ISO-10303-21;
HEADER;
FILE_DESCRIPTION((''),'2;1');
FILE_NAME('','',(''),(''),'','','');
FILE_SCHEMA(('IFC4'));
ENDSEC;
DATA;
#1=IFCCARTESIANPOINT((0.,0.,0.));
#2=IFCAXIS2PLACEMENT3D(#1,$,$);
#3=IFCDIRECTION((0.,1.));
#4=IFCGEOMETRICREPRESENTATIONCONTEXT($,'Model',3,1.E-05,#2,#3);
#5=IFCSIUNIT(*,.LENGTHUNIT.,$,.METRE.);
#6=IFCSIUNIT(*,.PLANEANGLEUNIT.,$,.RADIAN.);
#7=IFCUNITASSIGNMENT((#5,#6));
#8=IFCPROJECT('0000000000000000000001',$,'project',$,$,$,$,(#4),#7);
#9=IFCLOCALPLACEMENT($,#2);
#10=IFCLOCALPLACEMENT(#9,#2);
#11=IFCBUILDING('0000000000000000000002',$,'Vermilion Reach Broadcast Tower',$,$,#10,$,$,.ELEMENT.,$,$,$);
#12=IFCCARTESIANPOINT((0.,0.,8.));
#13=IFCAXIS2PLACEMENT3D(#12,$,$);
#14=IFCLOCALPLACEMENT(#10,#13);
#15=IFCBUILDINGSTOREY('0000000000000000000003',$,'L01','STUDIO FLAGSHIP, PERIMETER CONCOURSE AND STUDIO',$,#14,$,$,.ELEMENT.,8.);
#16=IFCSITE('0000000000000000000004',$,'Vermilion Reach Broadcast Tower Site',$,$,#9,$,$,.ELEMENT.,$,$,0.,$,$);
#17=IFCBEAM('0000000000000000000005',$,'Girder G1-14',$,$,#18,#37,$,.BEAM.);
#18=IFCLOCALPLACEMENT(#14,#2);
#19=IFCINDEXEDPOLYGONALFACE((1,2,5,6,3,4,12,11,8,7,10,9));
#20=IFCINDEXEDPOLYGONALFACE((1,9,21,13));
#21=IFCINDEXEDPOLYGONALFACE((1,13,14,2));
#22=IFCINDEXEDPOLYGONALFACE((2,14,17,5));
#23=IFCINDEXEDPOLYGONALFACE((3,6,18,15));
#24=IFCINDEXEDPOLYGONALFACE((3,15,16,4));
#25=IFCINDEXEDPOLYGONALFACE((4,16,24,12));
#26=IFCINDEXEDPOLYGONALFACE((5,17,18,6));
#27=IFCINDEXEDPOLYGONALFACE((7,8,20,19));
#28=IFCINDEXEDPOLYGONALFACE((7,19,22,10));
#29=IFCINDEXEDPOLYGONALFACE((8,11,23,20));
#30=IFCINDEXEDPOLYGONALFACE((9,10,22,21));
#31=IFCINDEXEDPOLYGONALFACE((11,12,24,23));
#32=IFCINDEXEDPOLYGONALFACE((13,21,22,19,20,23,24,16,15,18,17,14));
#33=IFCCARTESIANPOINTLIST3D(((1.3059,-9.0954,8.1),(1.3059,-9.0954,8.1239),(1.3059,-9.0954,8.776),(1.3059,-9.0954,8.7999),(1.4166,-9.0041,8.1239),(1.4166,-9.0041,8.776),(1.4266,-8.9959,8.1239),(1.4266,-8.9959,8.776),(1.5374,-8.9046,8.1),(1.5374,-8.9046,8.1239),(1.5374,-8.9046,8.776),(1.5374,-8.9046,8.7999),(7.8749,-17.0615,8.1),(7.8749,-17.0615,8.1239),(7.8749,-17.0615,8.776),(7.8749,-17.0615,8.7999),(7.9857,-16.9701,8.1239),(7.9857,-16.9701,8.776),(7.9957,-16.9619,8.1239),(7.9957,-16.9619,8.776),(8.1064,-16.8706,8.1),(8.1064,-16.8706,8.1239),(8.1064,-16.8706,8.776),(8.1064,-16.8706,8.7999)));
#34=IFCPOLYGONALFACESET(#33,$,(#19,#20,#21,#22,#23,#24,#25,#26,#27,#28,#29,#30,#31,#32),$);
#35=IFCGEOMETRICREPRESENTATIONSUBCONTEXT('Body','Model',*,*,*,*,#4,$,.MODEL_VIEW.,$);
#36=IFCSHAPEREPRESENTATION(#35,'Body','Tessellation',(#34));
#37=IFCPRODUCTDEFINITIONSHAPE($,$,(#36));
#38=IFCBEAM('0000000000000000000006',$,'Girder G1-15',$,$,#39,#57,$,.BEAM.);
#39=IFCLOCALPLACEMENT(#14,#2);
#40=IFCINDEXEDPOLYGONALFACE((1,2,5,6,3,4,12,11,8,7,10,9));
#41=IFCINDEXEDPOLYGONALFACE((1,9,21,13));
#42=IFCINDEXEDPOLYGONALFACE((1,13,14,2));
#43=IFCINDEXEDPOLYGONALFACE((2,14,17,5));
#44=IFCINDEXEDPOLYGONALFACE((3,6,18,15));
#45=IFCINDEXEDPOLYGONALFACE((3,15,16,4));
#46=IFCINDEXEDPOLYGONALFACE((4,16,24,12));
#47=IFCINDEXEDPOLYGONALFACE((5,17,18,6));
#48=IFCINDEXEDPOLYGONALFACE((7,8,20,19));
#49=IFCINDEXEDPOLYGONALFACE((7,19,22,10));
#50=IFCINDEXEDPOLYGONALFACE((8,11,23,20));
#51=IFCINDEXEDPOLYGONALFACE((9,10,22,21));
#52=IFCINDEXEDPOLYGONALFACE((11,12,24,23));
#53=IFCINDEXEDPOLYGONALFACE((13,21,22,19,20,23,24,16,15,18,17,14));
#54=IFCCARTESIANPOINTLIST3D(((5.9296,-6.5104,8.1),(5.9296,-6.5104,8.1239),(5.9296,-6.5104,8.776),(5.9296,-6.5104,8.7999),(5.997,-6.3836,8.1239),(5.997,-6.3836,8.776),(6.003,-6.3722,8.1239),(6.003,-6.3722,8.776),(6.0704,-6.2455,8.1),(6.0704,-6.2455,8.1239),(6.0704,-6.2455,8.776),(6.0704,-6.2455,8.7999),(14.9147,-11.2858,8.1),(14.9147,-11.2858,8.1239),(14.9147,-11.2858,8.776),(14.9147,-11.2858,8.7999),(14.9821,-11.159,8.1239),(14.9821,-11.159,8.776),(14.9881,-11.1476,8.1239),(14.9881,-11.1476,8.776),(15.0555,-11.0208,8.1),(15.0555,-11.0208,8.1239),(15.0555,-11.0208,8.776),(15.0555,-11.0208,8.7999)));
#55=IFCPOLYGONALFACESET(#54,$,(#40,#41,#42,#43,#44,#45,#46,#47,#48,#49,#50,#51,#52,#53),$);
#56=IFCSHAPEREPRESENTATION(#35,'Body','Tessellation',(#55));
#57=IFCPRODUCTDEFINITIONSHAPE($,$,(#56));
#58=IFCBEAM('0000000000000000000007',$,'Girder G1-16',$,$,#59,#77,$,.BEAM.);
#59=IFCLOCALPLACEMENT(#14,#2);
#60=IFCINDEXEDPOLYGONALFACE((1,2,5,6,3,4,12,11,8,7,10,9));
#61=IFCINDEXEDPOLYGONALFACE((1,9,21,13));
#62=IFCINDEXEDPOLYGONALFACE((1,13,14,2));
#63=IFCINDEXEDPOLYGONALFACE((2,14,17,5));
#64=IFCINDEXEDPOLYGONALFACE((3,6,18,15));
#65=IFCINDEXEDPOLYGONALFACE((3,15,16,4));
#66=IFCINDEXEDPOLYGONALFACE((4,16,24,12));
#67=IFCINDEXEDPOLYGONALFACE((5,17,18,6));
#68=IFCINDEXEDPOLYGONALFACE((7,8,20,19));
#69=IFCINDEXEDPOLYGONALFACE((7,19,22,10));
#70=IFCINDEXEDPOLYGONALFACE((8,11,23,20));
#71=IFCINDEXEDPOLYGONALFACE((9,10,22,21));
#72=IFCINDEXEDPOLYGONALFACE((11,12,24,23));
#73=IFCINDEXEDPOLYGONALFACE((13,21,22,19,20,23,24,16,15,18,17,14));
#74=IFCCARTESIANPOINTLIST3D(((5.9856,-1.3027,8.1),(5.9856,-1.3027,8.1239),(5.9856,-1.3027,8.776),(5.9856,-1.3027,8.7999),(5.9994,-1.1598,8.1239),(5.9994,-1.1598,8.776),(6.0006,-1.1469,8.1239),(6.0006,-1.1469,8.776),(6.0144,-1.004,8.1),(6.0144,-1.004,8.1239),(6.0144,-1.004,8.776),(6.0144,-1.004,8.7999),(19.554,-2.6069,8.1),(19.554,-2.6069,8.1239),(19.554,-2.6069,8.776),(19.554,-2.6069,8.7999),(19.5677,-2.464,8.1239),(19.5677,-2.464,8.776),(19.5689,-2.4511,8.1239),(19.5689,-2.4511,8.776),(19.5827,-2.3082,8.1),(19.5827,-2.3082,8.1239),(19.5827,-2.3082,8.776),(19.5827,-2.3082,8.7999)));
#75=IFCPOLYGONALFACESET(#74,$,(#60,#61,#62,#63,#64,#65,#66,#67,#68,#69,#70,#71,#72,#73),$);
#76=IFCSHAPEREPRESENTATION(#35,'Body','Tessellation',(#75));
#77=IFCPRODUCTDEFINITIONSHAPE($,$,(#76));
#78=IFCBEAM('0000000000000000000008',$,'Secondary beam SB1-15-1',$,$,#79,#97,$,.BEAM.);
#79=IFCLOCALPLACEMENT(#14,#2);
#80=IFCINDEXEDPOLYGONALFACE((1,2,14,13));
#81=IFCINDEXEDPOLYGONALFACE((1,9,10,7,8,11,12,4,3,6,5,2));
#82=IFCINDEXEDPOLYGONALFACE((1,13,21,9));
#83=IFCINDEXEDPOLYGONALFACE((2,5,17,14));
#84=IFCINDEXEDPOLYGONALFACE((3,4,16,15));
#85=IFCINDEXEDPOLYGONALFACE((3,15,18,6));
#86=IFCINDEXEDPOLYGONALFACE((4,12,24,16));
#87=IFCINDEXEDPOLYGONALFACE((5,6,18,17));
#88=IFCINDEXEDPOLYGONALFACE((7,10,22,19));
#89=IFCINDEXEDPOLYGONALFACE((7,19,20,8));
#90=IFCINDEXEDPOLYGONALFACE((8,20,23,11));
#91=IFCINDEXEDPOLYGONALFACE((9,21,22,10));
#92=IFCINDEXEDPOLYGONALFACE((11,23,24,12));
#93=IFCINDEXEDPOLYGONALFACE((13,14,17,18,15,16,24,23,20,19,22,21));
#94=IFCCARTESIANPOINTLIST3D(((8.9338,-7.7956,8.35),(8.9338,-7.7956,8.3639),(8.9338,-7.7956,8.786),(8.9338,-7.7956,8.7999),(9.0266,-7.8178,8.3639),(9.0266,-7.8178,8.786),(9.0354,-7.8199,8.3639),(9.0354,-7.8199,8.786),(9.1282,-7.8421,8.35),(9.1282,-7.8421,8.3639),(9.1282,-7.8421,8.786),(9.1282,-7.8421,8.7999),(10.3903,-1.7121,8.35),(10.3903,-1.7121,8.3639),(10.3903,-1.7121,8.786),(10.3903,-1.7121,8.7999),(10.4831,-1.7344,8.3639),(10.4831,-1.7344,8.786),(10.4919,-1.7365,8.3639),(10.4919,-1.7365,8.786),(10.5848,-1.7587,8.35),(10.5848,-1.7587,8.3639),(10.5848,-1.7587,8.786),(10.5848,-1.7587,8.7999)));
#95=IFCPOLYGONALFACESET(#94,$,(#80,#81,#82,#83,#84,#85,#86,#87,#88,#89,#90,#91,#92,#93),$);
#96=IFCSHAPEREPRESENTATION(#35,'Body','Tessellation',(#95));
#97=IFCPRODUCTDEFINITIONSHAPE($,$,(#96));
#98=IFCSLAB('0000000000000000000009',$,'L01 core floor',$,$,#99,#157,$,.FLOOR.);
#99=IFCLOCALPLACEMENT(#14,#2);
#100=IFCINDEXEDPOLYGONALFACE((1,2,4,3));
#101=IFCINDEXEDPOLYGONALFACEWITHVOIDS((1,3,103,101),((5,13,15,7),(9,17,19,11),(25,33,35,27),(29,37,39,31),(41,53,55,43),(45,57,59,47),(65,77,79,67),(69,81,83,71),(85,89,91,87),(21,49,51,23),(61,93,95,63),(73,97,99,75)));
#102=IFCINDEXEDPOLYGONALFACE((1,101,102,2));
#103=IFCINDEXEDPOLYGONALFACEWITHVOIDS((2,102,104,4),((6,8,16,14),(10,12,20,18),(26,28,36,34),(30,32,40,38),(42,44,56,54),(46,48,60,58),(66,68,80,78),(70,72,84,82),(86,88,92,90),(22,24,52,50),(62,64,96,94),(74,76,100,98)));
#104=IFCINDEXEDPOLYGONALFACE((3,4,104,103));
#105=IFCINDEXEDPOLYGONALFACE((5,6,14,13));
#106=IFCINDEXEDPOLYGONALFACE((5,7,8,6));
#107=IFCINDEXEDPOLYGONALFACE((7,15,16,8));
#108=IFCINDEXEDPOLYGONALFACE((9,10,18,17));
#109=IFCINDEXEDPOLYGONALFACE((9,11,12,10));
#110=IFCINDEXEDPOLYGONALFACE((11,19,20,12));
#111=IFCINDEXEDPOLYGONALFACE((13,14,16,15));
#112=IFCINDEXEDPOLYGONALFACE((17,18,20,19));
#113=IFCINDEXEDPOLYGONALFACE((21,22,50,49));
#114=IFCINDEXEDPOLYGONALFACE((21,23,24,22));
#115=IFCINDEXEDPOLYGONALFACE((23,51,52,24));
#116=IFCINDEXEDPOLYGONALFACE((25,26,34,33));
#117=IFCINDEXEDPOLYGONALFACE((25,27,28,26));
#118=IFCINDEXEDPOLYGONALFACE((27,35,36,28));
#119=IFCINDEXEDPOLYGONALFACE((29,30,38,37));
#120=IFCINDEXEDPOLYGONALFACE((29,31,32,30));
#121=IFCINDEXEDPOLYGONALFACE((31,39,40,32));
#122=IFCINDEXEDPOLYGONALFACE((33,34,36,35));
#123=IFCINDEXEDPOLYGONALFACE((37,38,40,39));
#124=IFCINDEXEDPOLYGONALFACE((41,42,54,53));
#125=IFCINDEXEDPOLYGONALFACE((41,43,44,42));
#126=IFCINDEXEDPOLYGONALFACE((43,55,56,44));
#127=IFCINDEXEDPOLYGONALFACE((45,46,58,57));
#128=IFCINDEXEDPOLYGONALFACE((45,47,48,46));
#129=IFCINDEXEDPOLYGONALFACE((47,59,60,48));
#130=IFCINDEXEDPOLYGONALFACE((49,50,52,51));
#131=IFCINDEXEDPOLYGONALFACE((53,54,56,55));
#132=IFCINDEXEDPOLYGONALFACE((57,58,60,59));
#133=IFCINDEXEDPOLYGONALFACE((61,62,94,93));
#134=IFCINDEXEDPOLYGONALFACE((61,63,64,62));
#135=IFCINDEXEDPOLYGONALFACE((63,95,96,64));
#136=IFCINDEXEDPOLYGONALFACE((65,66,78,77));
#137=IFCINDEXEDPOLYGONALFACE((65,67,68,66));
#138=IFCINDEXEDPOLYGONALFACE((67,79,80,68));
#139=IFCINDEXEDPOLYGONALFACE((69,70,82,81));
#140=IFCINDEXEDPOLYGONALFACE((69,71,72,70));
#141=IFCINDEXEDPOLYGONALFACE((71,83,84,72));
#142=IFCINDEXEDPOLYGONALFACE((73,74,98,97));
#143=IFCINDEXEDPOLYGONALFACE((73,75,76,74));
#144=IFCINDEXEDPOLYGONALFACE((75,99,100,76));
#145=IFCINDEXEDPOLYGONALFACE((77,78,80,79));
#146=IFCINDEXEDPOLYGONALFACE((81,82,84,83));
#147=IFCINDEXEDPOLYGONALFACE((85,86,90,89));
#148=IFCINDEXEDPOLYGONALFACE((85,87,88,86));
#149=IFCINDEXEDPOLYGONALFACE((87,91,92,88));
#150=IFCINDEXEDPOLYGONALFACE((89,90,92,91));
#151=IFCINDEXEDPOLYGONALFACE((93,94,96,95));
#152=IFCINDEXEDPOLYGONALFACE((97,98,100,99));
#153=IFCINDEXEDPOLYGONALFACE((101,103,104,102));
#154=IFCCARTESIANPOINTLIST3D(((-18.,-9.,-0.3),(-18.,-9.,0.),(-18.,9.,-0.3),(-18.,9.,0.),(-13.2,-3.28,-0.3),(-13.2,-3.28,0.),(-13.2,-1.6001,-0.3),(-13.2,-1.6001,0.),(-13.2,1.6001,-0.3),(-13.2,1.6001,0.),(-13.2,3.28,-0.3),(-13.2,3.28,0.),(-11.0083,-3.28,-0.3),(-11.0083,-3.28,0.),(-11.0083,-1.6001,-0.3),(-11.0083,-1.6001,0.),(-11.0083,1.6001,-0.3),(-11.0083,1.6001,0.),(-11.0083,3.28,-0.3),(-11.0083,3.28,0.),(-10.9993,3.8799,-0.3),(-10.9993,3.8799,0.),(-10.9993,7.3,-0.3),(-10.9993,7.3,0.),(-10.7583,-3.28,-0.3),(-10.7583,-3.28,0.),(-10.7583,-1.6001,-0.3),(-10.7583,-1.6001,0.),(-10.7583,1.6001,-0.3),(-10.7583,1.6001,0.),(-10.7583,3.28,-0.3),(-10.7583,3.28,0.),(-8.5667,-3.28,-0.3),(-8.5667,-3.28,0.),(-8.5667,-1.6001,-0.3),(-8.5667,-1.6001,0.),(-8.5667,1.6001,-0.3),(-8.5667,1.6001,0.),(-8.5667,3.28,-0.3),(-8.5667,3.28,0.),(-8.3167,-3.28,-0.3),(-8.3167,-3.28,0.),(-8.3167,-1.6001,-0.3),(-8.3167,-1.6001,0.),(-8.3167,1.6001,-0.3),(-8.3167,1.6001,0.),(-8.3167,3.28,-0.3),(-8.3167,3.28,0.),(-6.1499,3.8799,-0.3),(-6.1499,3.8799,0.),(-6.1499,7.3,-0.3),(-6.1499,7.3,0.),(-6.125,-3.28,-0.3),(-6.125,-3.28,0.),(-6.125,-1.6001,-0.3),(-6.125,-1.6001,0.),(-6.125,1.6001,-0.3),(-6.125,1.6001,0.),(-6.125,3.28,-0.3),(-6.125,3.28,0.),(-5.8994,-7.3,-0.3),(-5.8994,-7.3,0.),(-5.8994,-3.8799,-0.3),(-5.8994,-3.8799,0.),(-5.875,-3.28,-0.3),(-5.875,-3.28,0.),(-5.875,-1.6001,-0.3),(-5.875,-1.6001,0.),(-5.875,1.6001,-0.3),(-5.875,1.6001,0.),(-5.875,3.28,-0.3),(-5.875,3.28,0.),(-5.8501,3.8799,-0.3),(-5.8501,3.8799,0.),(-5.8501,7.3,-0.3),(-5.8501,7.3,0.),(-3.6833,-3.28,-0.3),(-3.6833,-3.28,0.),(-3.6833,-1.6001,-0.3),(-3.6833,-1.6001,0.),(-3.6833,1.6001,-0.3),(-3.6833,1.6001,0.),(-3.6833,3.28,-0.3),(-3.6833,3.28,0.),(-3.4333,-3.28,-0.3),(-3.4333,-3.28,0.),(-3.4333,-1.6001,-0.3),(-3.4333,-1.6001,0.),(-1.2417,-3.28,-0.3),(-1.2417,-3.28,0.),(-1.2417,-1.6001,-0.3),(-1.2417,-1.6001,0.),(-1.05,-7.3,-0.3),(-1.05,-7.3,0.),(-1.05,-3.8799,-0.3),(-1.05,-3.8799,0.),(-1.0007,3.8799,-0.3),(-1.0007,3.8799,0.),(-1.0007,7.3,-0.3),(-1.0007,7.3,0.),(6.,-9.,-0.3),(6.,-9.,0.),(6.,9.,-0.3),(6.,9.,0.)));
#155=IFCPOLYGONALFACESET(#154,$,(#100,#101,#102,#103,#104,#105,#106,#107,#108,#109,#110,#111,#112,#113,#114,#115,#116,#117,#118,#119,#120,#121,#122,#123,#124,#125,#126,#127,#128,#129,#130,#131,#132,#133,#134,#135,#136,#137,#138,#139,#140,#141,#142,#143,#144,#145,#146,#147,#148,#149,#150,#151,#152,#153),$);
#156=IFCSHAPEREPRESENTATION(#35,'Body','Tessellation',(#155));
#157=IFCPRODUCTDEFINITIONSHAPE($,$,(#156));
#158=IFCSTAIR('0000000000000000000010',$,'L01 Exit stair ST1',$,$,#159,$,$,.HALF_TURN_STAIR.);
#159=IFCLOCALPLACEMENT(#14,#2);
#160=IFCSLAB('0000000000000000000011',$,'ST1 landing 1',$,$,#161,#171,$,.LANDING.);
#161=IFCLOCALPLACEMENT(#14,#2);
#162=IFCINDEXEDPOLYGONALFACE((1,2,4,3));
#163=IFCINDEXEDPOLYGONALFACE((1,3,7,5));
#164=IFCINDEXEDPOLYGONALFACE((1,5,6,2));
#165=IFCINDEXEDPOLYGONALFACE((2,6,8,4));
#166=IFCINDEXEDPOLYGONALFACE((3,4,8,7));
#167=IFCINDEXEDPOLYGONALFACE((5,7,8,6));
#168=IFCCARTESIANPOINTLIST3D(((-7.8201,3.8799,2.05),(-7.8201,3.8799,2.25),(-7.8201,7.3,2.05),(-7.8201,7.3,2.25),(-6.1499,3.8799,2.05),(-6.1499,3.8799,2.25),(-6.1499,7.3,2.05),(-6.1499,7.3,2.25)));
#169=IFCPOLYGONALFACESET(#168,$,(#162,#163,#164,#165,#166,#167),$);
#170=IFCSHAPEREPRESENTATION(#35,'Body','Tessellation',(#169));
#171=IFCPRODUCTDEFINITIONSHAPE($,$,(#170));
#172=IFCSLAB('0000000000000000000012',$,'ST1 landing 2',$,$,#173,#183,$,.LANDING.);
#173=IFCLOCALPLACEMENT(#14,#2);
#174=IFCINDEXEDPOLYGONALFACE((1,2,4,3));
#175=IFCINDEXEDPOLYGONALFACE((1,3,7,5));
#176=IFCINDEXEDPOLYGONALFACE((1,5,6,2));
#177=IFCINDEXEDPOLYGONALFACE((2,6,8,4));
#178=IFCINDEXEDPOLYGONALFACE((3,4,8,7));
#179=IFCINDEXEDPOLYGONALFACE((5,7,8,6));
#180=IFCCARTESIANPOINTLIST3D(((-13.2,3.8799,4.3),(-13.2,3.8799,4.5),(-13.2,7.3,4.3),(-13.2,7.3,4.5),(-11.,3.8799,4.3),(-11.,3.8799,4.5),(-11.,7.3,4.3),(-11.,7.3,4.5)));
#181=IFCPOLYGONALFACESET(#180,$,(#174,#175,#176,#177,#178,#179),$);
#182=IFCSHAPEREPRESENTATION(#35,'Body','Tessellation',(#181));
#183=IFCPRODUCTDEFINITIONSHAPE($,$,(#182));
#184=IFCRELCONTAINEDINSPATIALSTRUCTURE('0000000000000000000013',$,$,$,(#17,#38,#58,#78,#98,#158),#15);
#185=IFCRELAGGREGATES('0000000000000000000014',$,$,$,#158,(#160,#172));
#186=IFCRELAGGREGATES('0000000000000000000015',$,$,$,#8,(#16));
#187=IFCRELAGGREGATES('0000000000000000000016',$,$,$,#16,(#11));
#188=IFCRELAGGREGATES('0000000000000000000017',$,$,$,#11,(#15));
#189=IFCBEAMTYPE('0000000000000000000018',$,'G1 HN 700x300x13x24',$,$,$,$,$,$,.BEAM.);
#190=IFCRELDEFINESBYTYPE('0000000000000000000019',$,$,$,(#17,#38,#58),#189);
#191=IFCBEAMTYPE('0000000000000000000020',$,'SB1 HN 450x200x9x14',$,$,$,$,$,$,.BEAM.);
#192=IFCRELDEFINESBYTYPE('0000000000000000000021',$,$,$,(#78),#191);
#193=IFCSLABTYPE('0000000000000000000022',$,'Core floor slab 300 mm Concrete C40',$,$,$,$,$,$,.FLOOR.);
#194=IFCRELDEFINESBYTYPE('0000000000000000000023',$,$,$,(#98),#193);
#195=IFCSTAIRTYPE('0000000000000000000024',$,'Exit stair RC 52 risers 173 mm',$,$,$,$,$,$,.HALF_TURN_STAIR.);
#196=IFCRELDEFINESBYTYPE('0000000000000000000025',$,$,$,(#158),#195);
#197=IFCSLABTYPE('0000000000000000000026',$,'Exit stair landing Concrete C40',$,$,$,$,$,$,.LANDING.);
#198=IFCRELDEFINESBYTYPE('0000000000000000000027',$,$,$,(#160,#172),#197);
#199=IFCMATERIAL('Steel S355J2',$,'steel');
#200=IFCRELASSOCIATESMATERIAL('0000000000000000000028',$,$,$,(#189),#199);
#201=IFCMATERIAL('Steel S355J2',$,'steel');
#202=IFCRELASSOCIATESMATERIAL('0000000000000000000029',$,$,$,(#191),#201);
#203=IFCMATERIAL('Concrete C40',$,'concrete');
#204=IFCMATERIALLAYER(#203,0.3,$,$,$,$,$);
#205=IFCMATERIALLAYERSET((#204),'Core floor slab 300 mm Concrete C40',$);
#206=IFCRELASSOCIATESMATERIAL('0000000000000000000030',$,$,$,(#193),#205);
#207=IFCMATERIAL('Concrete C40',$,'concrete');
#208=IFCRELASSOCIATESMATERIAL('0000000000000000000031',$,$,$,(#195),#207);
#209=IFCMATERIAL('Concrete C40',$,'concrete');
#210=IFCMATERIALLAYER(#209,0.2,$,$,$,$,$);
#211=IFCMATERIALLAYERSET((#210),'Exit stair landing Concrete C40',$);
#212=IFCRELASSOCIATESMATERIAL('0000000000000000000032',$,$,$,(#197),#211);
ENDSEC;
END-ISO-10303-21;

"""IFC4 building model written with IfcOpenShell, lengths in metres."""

from ifc_helpers import new_model, si_unit, direction, frame, origin, origin_2d, place, context, subcontext, project, spatial, polyline, i_section, outline, extrude, material, layer, layer_set, material_profile, profile_set, type_object, element, aggregate, save


model = new_model("IFC4")

# Units and contexts
model_context = context("Model", 3, precision=1e-05, world=origin(), true_north=direction((0.0, 1.0)))
body_context = subcontext(model_context, "Body", "Model", "MODEL_VIEW")
ifc_project = project(units=[si_unit("LENGTHUNIT", "METRE"), si_unit("PLANEANGLEUNIT", "RADIAN")], contexts=[model_context])

# Site, building, storey
site_placement = place(None, origin())
site = spatial("IfcSite", under=ifc_project, at=site_placement, Name="Vermilion Reach Broadcast Tower Site", CompositionType="ELEMENT", RefElevation=0.0)
building_placement = place(site_placement, origin())
building = spatial("IfcBuilding", under=site, at=building_placement, Name="Vermilion Reach Broadcast Tower", CompositionType="ELEMENT")
storey_placement = place(building_placement, frame((0.0, 0.0, 8.0)))
storey = spatial("IfcBuildingStorey", under=building, at=storey_placement, Name="L01", Description="STUDIO FLAGSHIP, PERIMETER CONCOURSE AND STUDIO", CompositionType="ELEMENT", Elevation=8.0)

# Beams
ifc_material_1 = material(Name="Steel S355J2", Category="steel")
ifc_material_profile_1 = material_profile(ifc_material_1, i_section(OverallWidth=0.3, OverallDepth=0.7, WebThickness=0.0129, FlangeThickness=0.0239, at=origin_2d()), Name="S355J2 HN 700x300x13x24")
ifc_profile_set_1 = profile_set([ifc_material_profile_1], Name="Steel S355J2")
beam_type_1 = type_object("IfcBeamType", Name="G1 HN 700x300x13x24", PredefinedType="BEAM", material=ifc_profile_set_1)
beam_1_placement = place(storey_placement, frame((1.4216, -9.0, 8.45), z_axis=(0.636215, -0.771512, 0.0), x_axis=(0.771512, 0.636215, 0.0)))
element("IfcBeam", 1, at=beam_1_placement, inside=storey, type_object=beam_type_1, Name="Girder G1-14", PredefinedType="BEAM", context=body_context, shape_type="SweptSolid", body=[
    extrude(i_section(OverallWidth=0.3, OverallDepth=0.7, WebThickness=0.0129, FlangeThickness=0.0239, at=origin_2d()), origin(), (0.0, 0.0, 1.0), 10.3252),
])
beam_2_placement = place(storey_placement, frame((6.0, -6.3779, 8.45), z_axis=(0.883032, -0.469313, 0.0), x_axis=(0.469313, 0.883032, 0.0)))
element("IfcBeam", 2, at=beam_2_placement, inside=storey, type_object=beam_type_1, Name="Girder G1-15", PredefinedType="BEAM", context=body_context, shape_type="SweptSolid", body=[
    extrude(i_section(OverallWidth=0.3, OverallDepth=0.7, WebThickness=0.0129, FlangeThickness=0.0239, at=origin_2d()), origin(), (0.0, 0.0, 1.0), 10.1753),
])
beam_3_placement = place(storey_placement, frame((6.0, -1.1533, 8.45), z_axis=(0.995412, -0.09568, 0.0), x_axis=(0.09568, 0.995412, 0.0)))
element("IfcBeam", 3, at=beam_3_placement, inside=storey, type_object=beam_type_1, Name="Girder G1-16", PredefinedType="BEAM", context=body_context, shape_type="SweptSolid", body=[
    extrude(i_section(OverallWidth=0.3, OverallDepth=0.7, WebThickness=0.0129, FlangeThickness=0.0239, at=origin_2d()), origin(), (0.0, 0.0, 1.0), 13.6309),
])
ifc_material_2 = material(Name="Steel S355J2", Category="steel")
ifc_material_profile_2 = material_profile(ifc_material_2, i_section(OverallWidth=0.2, OverallDepth=0.45, WebThickness=0.009, FlangeThickness=0.0139, at=origin_2d()), Name="S355J2 HN 450x200x9x14")
ifc_profile_set_2 = profile_set([ifc_material_profile_2], Name="Steel S355J2")
beam_type_2 = type_object("IfcBeamType", Name="SB1 HN 450x200x9x14", PredefinedType="BEAM", material=ifc_profile_set_2)
beam_4_placement = place(storey_placement, frame((9.031, -7.8188, 8.575), z_axis=(0.232844, 0.972514, 0.0), x_axis=(-0.972514, 0.232844, 0.0)))
element("IfcBeam", 4, at=beam_4_placement, inside=storey, type_object=beam_type_2, Name="Secondary beam SB1-15-1", PredefinedType="BEAM", context=body_context, shape_type="SweptSolid", body=[
    extrude(i_section(OverallWidth=0.2, OverallDepth=0.45, WebThickness=0.009, FlangeThickness=0.0139, at=origin_2d()), origin(), (0.0, 0.0, 1.0), 6.2554),
])

# Slab
ifc_material_3 = material(Name="Concrete C40", Category="concrete")
ifc_layer_1 = layer(ifc_material_3, 0.3)
ifc_layer_set_1 = layer_set([ifc_layer_1], Name="Core floor slab 300 mm Concrete C40")
slab_type_1 = type_object("IfcSlabType", Name="Core floor slab 300 mm Concrete C40", PredefinedType="FLOOR", material=ifc_layer_set_1)
slab_1_placement = place(storey_placement, frame((0.0, 0.0, -0.3)))
element("IfcSlab", 5, at=slab_1_placement, inside=storey, type_object=slab_type_1, Name="L01 core floor", PredefinedType="FLOOR", context=body_context, shape_type="SweptSolid", body=[
    extrude(outline(polyline([(-18.0, -9.0), (6.0, -9.0), (6.0, 9.0), (-18.0, 9.0), (-18.0, -9.0)]), holes=[polyline([(-13.2, 1.6001), (-11.0083, 1.6001), (-11.0083, 3.28), (-13.2, 3.28), (-13.2, 1.6001)]), polyline([(-10.7583, 1.6001), (-8.5667, 1.6001), (-8.5667, 3.28), (-10.7583, 3.28), (-10.7583, 1.6001)]), polyline([(-8.3167, 1.6001), (-6.125, 1.6001), (-6.125, 3.28), (-8.3167, 3.28), (-8.3167, 1.6001)]), polyline([(-5.875, 1.6001), (-3.6833, 1.6001), (-3.6833, 3.28), (-5.875, 3.28), (-5.875, 1.6001)]), polyline([(-13.2, -3.28), (-11.0083, -3.28), (-11.0083, -1.6001), (-13.2, -1.6001), (-13.2, -3.28)]), polyline([(-10.7583, -3.28), (-8.5667, -3.28), (-8.5667, -1.6001), (-10.7583, -1.6001), (-10.7583, -3.28)]), polyline([(-8.3167, -3.28), (-6.125, -3.28), (-6.125, -1.6001), (-8.3167, -1.6001), (-8.3167, -3.28)]), polyline([(-5.875, -3.28), (-3.6833, -3.28), (-3.6833, -1.6001), (-5.875, -1.6001), (-5.875, -3.28)]), polyline([(-3.4333, -3.28), (-1.2417, -3.28), (-1.2417, -1.6001), (-3.4333, -1.6001), (-3.4333, -3.28)]), polyline([(-10.9993, 3.8799), (-6.1499, 3.8799), (-6.1499, 7.3), (-10.9993, 7.3), (-10.9993, 3.8799)]), polyline([(-1.0007, 7.3), (-5.8501, 7.3), (-5.8501, 3.8799), (-1.0007, 3.8799), (-1.0007, 7.3)]), polyline([(-5.8994, -7.3), (-1.05, -7.3), (-1.05, -3.8799), (-5.8994, -3.8799), (-5.8994, -7.3)])]), origin(), (0.0, 0.0, 1.0), 0.3),
])

# Stair, slabs
ifc_material_4 = material(Name="Concrete C40", Category="concrete")
stair_type = type_object("IfcStairType", Name="Exit stair RC 52 risers 173 mm", PredefinedType="HALF_TURN_STAIR", material=ifc_material_4)
placement_1 = place(storey_placement, origin())
stair_1 = element("IfcStair", 6, at=placement_1, inside=storey, type_object=stair_type, Name="L01 Exit stair ST1", PredefinedType="HALF_TURN_STAIR")
ifc_material_5 = material(Name="Concrete C40", Category="concrete")
ifc_layer_2 = layer(ifc_material_5, 0.2)
ifc_layer_set_2 = layer_set([ifc_layer_2], Name="Exit stair landing Concrete C40")
slab_type_2 = type_object("IfcSlabType", Name="Exit stair landing Concrete C40", PredefinedType="LANDING", material=ifc_layer_set_2)
placement_2 = place(storey_placement, frame((0.0, 0.0, 2.05)))
slab_2 = element("IfcSlab", 7, at=placement_2, type_object=slab_type_2, Name="ST1 landing 1", PredefinedType="LANDING", context=body_context, shape_type="SweptSolid", body=[
    extrude(outline(polyline([(-7.8201, 3.8799), (-6.1499, 3.8799), (-6.1499, 7.3), (-7.8201, 7.3), (-7.8201, 3.8799)])), origin(), (0.0, 0.0, 1.0), 0.2),
])
placement_3 = place(storey_placement, frame((0.0, 0.0, 4.3)))
slab_3 = element("IfcSlab", 8, at=placement_3, type_object=slab_type_2, Name="ST1 landing 2", PredefinedType="LANDING", context=body_context, shape_type="SweptSolid", body=[
    extrude(outline(polyline([(-13.2, 3.8799), (-11.0, 3.8799), (-11.0, 7.3), (-13.2, 7.3), (-13.2, 3.8799)])), origin(), (0.0, 0.0, 1.0), 0.2),
])
aggregate(stair_1, [slab_2, slab_3])

save(model, "model.ifc")
